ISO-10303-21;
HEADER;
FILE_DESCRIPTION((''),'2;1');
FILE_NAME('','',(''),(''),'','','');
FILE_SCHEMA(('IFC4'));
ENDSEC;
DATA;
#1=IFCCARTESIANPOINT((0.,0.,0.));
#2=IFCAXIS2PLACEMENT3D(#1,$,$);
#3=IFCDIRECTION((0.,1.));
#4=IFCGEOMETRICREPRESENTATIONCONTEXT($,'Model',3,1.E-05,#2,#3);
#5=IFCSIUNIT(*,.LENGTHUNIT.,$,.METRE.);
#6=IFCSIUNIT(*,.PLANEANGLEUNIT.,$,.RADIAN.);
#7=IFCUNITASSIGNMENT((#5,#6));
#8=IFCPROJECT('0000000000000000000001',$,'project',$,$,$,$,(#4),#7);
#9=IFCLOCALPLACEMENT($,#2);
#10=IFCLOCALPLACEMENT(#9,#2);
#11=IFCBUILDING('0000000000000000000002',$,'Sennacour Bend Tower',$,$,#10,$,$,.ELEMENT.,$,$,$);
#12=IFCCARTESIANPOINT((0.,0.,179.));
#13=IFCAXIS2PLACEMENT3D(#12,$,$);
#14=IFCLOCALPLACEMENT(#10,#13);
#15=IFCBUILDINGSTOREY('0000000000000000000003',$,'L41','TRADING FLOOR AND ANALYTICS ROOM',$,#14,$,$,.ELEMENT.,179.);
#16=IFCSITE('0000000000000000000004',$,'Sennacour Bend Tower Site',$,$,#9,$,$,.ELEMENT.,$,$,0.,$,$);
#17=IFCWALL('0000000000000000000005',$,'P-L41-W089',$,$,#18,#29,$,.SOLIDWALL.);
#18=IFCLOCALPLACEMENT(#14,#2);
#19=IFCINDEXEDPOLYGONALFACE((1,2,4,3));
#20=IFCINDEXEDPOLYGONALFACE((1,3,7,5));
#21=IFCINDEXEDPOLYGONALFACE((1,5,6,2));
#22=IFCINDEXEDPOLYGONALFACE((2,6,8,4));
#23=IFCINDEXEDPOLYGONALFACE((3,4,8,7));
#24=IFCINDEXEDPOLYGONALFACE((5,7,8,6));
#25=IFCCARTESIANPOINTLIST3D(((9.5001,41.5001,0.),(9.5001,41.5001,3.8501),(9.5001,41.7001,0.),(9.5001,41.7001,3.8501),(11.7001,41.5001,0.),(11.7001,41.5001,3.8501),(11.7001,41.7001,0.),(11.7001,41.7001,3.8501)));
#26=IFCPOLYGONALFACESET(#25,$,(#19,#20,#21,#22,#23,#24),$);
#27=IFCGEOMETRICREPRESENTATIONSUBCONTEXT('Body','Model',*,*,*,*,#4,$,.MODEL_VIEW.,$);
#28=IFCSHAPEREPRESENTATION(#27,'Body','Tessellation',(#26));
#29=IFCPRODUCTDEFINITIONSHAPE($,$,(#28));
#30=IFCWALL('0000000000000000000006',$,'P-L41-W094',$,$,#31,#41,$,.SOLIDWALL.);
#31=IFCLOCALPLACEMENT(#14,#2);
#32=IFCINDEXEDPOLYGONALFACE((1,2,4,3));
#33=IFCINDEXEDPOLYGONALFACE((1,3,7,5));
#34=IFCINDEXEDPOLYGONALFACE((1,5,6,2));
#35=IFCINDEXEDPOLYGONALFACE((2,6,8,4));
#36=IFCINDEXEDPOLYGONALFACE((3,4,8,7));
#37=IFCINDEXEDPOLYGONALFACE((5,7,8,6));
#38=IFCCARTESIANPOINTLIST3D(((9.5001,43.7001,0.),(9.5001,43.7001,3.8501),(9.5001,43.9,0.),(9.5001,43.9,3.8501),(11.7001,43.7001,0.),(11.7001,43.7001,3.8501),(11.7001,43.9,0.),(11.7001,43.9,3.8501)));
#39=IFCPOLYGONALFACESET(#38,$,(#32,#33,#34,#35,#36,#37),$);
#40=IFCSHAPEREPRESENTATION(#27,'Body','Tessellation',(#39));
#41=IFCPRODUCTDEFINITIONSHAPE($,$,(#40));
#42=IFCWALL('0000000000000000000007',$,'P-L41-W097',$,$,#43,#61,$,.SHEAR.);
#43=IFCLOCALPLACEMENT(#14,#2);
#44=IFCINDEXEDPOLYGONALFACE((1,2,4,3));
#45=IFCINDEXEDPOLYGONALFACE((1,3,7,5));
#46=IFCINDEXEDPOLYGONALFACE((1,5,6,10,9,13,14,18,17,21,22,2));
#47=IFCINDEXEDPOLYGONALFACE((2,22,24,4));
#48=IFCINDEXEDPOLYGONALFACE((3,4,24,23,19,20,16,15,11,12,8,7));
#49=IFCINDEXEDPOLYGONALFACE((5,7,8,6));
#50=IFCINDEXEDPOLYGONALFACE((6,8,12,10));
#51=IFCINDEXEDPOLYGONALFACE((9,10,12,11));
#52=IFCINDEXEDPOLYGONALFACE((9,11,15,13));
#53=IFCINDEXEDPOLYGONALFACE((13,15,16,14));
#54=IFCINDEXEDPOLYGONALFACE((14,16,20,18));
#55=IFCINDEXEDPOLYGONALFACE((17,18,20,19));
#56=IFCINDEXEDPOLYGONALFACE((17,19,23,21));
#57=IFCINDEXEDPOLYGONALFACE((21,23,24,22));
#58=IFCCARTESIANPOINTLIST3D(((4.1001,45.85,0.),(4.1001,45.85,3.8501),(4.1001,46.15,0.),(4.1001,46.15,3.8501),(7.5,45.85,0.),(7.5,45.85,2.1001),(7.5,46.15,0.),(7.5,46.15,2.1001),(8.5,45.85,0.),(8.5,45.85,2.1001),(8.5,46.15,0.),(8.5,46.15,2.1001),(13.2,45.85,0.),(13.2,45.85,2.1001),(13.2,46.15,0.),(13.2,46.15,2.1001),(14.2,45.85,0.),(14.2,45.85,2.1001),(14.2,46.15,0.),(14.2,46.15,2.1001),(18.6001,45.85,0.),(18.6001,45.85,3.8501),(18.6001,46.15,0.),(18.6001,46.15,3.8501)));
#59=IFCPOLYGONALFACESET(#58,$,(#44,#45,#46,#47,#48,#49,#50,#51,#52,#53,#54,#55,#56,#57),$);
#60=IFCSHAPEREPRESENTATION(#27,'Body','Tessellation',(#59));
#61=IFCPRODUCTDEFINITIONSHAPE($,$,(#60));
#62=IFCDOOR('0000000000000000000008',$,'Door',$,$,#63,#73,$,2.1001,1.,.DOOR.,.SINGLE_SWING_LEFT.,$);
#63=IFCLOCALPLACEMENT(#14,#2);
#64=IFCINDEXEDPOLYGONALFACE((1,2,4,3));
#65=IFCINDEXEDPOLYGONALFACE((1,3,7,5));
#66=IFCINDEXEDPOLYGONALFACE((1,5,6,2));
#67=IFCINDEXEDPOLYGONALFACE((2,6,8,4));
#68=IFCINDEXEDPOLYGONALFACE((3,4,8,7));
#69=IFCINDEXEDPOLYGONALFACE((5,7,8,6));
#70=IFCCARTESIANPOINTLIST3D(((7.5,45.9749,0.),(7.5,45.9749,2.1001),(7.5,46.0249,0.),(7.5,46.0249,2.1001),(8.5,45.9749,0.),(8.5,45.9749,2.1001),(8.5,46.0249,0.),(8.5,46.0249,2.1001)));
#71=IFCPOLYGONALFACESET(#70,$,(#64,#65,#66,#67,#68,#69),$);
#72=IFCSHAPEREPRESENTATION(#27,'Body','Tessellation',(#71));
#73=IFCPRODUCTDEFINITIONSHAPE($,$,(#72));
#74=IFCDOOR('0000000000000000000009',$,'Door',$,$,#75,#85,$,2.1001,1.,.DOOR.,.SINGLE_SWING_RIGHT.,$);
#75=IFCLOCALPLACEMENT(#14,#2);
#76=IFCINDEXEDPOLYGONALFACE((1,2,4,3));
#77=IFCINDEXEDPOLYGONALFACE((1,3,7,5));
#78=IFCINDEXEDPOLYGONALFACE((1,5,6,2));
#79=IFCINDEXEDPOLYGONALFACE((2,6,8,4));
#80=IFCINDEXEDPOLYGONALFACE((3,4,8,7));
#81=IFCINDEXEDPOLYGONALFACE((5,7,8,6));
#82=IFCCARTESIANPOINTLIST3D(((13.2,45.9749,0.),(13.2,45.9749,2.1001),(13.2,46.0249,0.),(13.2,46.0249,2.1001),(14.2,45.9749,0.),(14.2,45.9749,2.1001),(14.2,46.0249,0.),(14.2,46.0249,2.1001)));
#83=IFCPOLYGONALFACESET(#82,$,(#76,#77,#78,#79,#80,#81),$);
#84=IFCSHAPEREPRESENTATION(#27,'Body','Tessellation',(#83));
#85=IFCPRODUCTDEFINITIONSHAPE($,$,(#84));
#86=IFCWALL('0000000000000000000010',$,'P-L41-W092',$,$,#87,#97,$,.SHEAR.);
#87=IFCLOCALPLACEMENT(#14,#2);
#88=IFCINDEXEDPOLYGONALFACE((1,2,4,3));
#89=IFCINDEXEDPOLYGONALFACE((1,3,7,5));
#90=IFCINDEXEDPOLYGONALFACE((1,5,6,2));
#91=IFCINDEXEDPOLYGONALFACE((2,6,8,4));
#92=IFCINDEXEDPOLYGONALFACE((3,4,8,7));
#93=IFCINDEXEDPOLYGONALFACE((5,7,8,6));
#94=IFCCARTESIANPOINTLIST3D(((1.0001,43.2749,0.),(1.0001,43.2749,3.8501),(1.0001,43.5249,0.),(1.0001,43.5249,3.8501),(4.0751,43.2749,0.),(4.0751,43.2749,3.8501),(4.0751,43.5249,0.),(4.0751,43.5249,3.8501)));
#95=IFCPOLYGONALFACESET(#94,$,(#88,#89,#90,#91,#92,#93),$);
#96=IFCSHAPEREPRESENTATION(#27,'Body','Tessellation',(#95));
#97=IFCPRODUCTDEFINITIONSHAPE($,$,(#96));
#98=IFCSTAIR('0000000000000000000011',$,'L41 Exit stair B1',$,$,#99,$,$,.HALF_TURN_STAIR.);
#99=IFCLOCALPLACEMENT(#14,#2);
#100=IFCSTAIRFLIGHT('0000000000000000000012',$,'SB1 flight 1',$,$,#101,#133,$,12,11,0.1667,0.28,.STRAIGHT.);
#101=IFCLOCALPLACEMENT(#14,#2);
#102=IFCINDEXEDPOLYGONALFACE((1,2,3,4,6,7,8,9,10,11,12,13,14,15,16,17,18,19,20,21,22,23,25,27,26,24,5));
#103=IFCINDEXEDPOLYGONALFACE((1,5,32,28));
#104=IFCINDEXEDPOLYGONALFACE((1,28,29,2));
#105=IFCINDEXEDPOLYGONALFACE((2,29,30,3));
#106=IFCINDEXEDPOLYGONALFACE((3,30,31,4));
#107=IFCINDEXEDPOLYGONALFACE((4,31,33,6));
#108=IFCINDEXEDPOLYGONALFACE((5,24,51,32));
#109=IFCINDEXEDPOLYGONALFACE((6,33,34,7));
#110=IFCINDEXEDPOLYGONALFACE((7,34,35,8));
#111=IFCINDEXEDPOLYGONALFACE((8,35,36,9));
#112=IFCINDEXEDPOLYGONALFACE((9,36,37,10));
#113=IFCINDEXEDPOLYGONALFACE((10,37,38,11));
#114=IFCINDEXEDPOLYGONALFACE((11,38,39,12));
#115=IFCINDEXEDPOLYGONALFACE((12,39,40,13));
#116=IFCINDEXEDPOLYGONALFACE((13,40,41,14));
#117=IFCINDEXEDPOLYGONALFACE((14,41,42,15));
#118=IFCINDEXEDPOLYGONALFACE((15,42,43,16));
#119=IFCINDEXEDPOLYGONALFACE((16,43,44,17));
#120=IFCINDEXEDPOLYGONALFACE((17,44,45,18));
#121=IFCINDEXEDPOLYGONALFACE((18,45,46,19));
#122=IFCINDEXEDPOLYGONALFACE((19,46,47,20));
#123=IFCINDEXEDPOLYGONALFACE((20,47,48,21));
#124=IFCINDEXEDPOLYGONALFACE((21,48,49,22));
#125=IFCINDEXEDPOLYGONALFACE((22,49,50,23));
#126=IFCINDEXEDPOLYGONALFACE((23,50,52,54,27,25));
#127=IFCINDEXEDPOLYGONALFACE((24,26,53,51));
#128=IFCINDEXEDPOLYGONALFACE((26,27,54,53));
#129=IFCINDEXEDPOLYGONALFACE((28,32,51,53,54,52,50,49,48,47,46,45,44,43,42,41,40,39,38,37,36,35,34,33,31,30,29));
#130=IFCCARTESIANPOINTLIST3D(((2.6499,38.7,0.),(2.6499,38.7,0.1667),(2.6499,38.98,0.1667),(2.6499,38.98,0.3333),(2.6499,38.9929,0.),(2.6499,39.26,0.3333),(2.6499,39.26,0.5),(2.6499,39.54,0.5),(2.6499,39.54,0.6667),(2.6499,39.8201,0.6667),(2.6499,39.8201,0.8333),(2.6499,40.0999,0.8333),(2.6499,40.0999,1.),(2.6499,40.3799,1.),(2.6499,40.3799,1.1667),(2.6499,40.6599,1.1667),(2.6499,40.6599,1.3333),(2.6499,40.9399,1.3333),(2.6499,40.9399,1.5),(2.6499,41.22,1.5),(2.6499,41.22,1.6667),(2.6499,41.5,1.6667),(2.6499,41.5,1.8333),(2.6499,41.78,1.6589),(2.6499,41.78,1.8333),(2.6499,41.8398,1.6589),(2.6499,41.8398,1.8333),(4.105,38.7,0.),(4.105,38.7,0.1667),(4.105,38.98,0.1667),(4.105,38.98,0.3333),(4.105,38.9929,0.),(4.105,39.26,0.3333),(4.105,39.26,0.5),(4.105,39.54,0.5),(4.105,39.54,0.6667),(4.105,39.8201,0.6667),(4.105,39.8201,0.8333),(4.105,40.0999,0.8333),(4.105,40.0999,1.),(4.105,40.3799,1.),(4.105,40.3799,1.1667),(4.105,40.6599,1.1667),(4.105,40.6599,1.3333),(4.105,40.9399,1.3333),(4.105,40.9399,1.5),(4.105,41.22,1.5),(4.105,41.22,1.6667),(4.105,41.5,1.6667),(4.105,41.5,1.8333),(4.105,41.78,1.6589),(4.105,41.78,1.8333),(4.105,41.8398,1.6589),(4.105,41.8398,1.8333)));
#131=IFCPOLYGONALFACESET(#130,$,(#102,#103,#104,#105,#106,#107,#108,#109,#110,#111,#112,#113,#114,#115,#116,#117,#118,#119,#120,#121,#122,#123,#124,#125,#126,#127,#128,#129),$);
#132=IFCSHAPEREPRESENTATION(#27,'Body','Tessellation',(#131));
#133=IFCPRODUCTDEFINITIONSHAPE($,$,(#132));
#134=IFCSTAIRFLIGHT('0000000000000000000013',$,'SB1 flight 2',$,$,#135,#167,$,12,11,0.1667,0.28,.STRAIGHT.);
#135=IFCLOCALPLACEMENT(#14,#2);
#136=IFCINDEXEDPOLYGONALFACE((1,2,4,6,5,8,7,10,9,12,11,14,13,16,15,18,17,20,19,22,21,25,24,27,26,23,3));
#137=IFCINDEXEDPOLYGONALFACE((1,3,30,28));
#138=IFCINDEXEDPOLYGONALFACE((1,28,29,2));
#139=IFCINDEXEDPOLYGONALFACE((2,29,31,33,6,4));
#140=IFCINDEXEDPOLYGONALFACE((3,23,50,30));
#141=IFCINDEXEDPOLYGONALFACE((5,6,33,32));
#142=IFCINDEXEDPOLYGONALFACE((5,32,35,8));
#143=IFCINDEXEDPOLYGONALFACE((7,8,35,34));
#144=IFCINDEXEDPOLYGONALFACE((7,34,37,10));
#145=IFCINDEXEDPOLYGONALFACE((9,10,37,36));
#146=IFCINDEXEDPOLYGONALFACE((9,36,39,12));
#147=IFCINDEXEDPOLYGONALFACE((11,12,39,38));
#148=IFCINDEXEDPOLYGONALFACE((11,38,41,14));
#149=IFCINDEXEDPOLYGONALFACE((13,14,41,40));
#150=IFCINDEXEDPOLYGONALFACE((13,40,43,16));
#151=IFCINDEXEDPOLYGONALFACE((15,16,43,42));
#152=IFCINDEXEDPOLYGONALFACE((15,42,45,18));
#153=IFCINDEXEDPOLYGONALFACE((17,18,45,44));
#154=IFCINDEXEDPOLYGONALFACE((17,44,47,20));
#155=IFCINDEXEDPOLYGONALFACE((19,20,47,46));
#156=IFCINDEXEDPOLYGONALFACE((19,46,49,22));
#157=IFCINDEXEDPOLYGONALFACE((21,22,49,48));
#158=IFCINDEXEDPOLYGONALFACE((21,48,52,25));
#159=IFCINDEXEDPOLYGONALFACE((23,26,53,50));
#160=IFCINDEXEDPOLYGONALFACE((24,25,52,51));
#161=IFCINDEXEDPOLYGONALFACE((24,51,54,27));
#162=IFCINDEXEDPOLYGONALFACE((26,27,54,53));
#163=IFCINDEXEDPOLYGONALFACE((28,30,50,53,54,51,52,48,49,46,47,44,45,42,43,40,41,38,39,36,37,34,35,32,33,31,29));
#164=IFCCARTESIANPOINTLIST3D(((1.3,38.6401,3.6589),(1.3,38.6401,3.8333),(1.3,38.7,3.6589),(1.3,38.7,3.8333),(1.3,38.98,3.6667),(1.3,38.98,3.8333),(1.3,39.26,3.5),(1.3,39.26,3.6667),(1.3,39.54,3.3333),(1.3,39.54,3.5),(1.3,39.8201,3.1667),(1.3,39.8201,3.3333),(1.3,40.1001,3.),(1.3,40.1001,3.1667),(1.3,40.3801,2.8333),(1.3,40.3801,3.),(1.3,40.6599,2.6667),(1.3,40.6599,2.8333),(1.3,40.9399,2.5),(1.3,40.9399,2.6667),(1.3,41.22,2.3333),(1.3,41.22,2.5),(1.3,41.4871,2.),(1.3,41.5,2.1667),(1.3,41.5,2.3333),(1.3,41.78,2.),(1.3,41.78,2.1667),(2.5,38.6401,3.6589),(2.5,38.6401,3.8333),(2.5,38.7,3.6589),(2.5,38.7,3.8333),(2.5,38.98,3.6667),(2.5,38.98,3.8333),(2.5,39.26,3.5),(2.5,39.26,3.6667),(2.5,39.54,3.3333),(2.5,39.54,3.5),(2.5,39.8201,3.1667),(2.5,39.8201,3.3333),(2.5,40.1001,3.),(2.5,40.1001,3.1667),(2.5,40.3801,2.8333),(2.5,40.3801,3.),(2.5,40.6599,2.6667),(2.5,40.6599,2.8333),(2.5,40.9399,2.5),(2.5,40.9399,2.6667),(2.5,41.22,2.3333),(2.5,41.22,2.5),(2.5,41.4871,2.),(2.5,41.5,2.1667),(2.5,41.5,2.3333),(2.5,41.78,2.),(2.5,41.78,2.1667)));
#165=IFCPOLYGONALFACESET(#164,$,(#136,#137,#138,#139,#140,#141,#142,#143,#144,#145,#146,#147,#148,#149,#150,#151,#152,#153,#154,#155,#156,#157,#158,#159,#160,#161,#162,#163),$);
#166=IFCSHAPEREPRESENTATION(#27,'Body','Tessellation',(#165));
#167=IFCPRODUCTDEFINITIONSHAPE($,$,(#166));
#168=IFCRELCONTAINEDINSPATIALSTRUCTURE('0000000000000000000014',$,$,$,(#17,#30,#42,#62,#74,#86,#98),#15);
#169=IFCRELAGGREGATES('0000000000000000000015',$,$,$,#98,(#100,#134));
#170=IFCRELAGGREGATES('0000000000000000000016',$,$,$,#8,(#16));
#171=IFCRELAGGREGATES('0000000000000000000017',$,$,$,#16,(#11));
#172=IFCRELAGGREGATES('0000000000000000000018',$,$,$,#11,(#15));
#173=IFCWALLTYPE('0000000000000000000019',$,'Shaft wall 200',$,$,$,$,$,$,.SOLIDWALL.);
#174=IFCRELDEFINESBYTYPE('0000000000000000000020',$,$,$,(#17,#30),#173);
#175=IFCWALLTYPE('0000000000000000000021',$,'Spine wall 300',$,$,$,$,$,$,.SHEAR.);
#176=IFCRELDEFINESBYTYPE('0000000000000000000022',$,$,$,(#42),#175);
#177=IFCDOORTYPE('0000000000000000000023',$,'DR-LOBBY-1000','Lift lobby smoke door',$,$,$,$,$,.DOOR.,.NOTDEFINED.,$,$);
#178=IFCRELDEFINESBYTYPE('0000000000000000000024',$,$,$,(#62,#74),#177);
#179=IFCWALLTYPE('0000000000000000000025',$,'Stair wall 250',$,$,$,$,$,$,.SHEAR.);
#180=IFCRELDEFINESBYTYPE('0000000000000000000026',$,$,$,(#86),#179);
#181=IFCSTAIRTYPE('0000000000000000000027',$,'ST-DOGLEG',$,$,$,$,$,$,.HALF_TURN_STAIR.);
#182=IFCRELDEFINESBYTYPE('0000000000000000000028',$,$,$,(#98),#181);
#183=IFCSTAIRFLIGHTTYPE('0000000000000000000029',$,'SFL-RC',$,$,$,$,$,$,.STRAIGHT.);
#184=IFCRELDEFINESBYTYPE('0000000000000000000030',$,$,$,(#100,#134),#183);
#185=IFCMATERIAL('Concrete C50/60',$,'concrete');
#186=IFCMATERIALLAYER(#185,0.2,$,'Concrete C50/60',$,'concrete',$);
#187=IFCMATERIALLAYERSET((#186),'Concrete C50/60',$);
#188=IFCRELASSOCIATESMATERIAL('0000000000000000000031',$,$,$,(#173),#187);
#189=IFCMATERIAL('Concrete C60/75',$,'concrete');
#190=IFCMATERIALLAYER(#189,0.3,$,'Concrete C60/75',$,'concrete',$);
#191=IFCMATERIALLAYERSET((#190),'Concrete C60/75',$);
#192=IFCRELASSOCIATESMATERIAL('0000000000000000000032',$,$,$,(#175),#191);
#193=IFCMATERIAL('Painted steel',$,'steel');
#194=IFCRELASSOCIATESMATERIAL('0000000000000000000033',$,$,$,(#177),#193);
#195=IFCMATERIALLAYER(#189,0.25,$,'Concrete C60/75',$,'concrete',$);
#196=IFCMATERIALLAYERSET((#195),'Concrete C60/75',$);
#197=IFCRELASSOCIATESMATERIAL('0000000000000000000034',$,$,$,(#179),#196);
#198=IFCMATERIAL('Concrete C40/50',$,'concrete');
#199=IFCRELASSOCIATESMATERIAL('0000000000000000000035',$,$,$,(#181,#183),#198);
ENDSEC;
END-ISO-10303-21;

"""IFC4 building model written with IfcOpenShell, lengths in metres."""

from ifc_helpers import new_model, si_unit, direction, frame, frame_2d, origin, place, context, subcontext, project, spatial, polyline, rectangle, outline, extrude, material, layer, layer_set, type_object, element, fill, aggregate, save


model = new_model("IFC4")

# Units and contexts
model_context = context("Model", 3, precision=1e-05, world=origin(), true_north=direction((0.0, 1.0)))
body_context = subcontext(model_context, "Body", "Model", "MODEL_VIEW")
ifc_project = project(units=[si_unit("LENGTHUNIT", "METRE"), si_unit("PLANEANGLEUNIT", "RADIAN")], contexts=[model_context])

# Site, building, storey
site_placement = place(None, origin())
site = spatial("IfcSite", under=ifc_project, at=site_placement, Name="Sennacour Bend Tower Site", CompositionType="ELEMENT", RefElevation=0.0)
building_placement = place(site_placement, origin())
building = spatial("IfcBuilding", under=site, at=building_placement, Name="Sennacour Bend Tower", CompositionType="ELEMENT")
storey_placement = place(building_placement, frame((0.0, 0.0, 179.0)))
storey = spatial("IfcBuildingStorey", under=building, at=storey_placement, Name="L41", Description="TRADING FLOOR AND ANALYTICS ROOM", CompositionType="ELEMENT", Elevation=179.0)

# Shared definitions
ifc_material_1 = material(Name="Concrete C60/75", Category="concrete")

# Shared definitions
ifc_material_2 = material(Name="Painted steel", Category="steel")

# Walls
ifc_material_3 = material(Name="Concrete C50/60", Category="concrete")
ifc_layer_1 = layer(ifc_material_3, 0.2, Name="Concrete C50/60", Category="concrete")
ifc_layer_set_1 = layer_set([ifc_layer_1], Name="Concrete C50/60")
wall_type_1 = type_object("IfcWallType", Name="Shaft wall 200", PredefinedType="SOLIDWALL", material=ifc_layer_set_1)
for number, where, z_axis, x_axis, name in (
    (1, (9.5, 41.6001, 0.0), (0.0, 0.0, 1.0), (1.0, 0.0, 0.0), "P-L41-W089"),
    (2, (9.5, 43.8, 0.0), (0.0, 0.0, 1.0), (1.0, 0.0, 0.0), "P-L41-W094"),
):
    element("IfcWall", number, at=place(storey_placement, frame(where, z_axis=z_axis, x_axis=x_axis)), inside=storey, type_object=wall_type_1, Name=name, PredefinedType="SOLIDWALL", context=body_context, shape_type="SweptSolid", body=[
        extrude(rectangle(XDim=2.2, YDim=0.2, at=frame_2d((1.1001, 0.0))), origin(), (0.0, 0.0, 1.0), 3.8501),
    ])

# Wall, openings, doors
ifc_layer_2 = layer(ifc_material_1, 0.3, Name="Concrete C60/75", Category="concrete")
ifc_layer_set_2 = layer_set([ifc_layer_2], Name="Concrete C60/75")
wall_type_2 = type_object("IfcWallType", Name="Spine wall 300", PredefinedType="SHEAR", material=ifc_layer_set_2)
wall_1_placement = place(storey_placement, frame((4.1001, 46.0, 0.0), z_axis=(0.0, 0.0, 1.0), x_axis=(1.0, 0.0, 0.0)))
wall_1 = element("IfcWall", 3, at=wall_1_placement, inside=storey, type_object=wall_type_2, Name="P-L41-W097", PredefinedType="SHEAR", context=body_context, shape_type="SweptSolid", body=[
    extrude(rectangle(XDim=14.5, YDim=0.3, at=frame_2d((7.25, 0.0))), origin(), (0.0, 0.0, 1.0), 3.8501),
])
opening_1_placement = place(wall_1_placement, frame((3.3999, 0.0, 0.0)))
opening_1 = element("IfcOpeningElement", 4, at=opening_1_placement, cuts=wall_1, PredefinedType="OPENING", context=body_context, shape_type="SweptSolid", body=[
    extrude(rectangle(XDim=1.0, YDim=2.1001, at=frame_2d((0.5, 1.05))), frame((0.0, 0.1602, 0.0), z_axis=(0.0, -1.0, 0.0), x_axis=(1.0, 0.0, 0.0)), (0.0, 0.0, 1.0), 0.3201),
])
opening_2_placement = place(wall_1_placement, frame((9.0999, 0.0, 0.0)))
opening_2 = element("IfcOpeningElement", 5, at=opening_2_placement, cuts=wall_1, PredefinedType="OPENING", context=body_context, shape_type="SweptSolid", body=[
    extrude(rectangle(XDim=1.0, YDim=2.1001, at=frame_2d((0.5, 1.05))), frame((0.0, 0.1602, 0.0), z_axis=(0.0, -1.0, 0.0), x_axis=(1.0, 0.0, 0.0)), (0.0, 0.0, 1.0), 0.3201),
])
door_type_1 = type_object("IfcDoorType", Name="DR-LOBBY-1000", Description="Lift lobby smoke door", OperationType="NOTDEFINED", PredefinedType="DOOR", material=ifc_material_2)
door_1_placement = place(opening_1_placement, origin())
door_1 = element("IfcDoor", 6, at=door_1_placement, inside=storey, type_object=door_type_1, Name="Door", OperationType="SINGLE_SWING_LEFT", OverallHeight=2.1001, OverallWidth=1.0, PredefinedType="DOOR", context=body_context, shape_type="SweptSolid", body=[
    extrude(rectangle(XDim=1.0, YDim=2.1001, at=frame_2d((0.5, 1.05))), frame((0.0, 0.0249, 0.0), z_axis=(0.0, -1.0, 0.0), x_axis=(1.0, 0.0, 0.0)), (0.0, 0.0, 1.0), 0.05),
])
fill(opening_1, door_1)
door_2_placement = place(opening_2_placement, origin())
door_2 = element("IfcDoor", 7, at=door_2_placement, inside=storey, type_object=door_type_1, Name="Door", OperationType="SINGLE_SWING_RIGHT", OverallHeight=2.1001, OverallWidth=1.0, PredefinedType="DOOR", context=body_context, shape_type="SweptSolid", body=[
    extrude(rectangle(XDim=1.0, YDim=2.1001, at=frame_2d((0.5, 1.05))), frame((0.0, 0.0249, 0.0), z_axis=(0.0, -1.0, 0.0), x_axis=(1.0, 0.0, 0.0)), (0.0, 0.0, 1.0), 0.05),
])
fill(opening_2, door_2)

# Wall
ifc_layer_3 = layer(ifc_material_1, 0.25, Name="Concrete C60/75", Category="concrete")
ifc_layer_set_3 = layer_set([ifc_layer_3], Name="Concrete C60/75")
wall_type_3 = type_object("IfcWallType", Name="Stair wall 250", PredefinedType="SHEAR", material=ifc_layer_set_3)
wall_2_placement = place(storey_placement, frame((1.0, 43.3999, 0.0), z_axis=(0.0, 0.0, 1.0), x_axis=(1.0, 0.0, 0.0)))
element("IfcWall", 8, at=wall_2_placement, inside=storey, type_object=wall_type_3, Name="P-L41-W092", PredefinedType="SHEAR", context=body_context, shape_type="SweptSolid", body=[
    extrude(rectangle(XDim=3.075, YDim=0.25, at=frame_2d((1.5376, 0.0))), origin(), (0.0, 0.0, 1.0), 3.8501),
])

# Stair, stair flights
ifc_material_4 = material(Name="Concrete C40/50", Category="concrete")
stair_type = type_object("IfcStairType", Name="ST-DOGLEG", PredefinedType="HALF_TURN_STAIR", material=ifc_material_4)
stair_placement = place(storey_placement, origin())
stair = element("IfcStair", 9, at=stair_placement, inside=storey, type_object=stair_type, Name="L41 Exit stair B1", PredefinedType="HALF_TURN_STAIR")
stair_flight_type = type_object("IfcStairFlightType", Name="SFL-RC", PredefinedType="STRAIGHT", material=ifc_material_4)
stair_flight_1_placement = place(storey_placement, frame((3.3774, 38.7, 0.0), z_axis=(0.0, 0.0, 1.0), x_axis=(0.0, 1.0, 0.0)))
stair_flight_1 = element("IfcStairFlight", 10, at=stair_flight_1_placement, type_object=stair_flight_type, Name="SB1 flight 1", NumberOfRisers=12, NumberOfTreads=11, PredefinedType="STRAIGHT", RiserHeight=0.1667, TreadLength=0.28, context=body_context, shape_type="SweptSolid", body=[
    extrude(outline(polyline([(0.0, 0.0), (0.0, 0.1667), (0.28, 0.1667), (0.28, 0.3333), (0.5601, 0.3333), (0.5601, 0.5), (0.8401, 0.5), (0.8401, 0.6667), (1.1201, 0.6667), (1.1201, 0.8333), (1.3999, 0.8333), (1.3999, 1.0), (1.6799, 1.0), (1.6799, 1.1667), (1.96, 1.1667), (1.96, 1.3333), (2.24, 1.3333), (2.24, 1.5), (2.52, 1.5), (2.52, 1.6667), (2.8, 1.6667), (2.8, 1.8333), (3.0801, 1.8333), (3.1399, 1.8333), (3.1399, 1.6589), (3.0801, 1.6589), (0.293, 0.0), (0.0, 0.0)])), frame((0.0, 0.7275, 0.0), z_axis=(0.0, -1.0, 0.0), x_axis=(1.0, 0.0, 0.0)), (0.0, 0.0, 1.0), 1.4551),
])
stair_flight_2_placement = place(storey_placement, frame((1.8999, 41.78, 2.0), z_axis=(0.0, 0.0, 1.0), x_axis=(0.0, -1.0, 0.0)))
stair_flight_2 = element("IfcStairFlight", 11, at=stair_flight_2_placement, type_object=stair_flight_type, Name="SB1 flight 2", NumberOfRisers=12, NumberOfTreads=11, PredefinedType="STRAIGHT", RiserHeight=0.1667, TreadLength=0.28, context=body_context, shape_type="SweptSolid", body=[
    extrude(outline(polyline([(0.0, 0.0), (0.0, 0.1667), (0.28, 0.1667), (0.28, 0.3333), (0.5601, 0.3333), (0.5601, 0.5), (0.8401, 0.5), (0.8401, 0.6667), (1.1201, 0.6667), (1.1201, 0.8333), (1.3999, 0.8333), (1.3999, 1.0), (1.6799, 1.0), (1.6799, 1.1667), (1.96, 1.1667), (1.96, 1.3333), (2.24, 1.3333), (2.24, 1.5), (2.52, 1.5), (2.52, 1.6667), (2.8, 1.6667), (2.8, 1.8333), (3.0801, 1.8333), (3.1399, 1.8333), (3.1399, 1.6589), (3.0801, 1.6589), (0.293, 0.0), (0.0, 0.0)])), frame((0.0, 0.6001, 0.0), z_axis=(0.0, -1.0, 0.0), x_axis=(1.0, 0.0, 0.0)), (0.0, 0.0, 1.0), 1.2),
])
aggregate(stair, [stair_flight_1, stair_flight_2])

save(model, "model.ifc")
